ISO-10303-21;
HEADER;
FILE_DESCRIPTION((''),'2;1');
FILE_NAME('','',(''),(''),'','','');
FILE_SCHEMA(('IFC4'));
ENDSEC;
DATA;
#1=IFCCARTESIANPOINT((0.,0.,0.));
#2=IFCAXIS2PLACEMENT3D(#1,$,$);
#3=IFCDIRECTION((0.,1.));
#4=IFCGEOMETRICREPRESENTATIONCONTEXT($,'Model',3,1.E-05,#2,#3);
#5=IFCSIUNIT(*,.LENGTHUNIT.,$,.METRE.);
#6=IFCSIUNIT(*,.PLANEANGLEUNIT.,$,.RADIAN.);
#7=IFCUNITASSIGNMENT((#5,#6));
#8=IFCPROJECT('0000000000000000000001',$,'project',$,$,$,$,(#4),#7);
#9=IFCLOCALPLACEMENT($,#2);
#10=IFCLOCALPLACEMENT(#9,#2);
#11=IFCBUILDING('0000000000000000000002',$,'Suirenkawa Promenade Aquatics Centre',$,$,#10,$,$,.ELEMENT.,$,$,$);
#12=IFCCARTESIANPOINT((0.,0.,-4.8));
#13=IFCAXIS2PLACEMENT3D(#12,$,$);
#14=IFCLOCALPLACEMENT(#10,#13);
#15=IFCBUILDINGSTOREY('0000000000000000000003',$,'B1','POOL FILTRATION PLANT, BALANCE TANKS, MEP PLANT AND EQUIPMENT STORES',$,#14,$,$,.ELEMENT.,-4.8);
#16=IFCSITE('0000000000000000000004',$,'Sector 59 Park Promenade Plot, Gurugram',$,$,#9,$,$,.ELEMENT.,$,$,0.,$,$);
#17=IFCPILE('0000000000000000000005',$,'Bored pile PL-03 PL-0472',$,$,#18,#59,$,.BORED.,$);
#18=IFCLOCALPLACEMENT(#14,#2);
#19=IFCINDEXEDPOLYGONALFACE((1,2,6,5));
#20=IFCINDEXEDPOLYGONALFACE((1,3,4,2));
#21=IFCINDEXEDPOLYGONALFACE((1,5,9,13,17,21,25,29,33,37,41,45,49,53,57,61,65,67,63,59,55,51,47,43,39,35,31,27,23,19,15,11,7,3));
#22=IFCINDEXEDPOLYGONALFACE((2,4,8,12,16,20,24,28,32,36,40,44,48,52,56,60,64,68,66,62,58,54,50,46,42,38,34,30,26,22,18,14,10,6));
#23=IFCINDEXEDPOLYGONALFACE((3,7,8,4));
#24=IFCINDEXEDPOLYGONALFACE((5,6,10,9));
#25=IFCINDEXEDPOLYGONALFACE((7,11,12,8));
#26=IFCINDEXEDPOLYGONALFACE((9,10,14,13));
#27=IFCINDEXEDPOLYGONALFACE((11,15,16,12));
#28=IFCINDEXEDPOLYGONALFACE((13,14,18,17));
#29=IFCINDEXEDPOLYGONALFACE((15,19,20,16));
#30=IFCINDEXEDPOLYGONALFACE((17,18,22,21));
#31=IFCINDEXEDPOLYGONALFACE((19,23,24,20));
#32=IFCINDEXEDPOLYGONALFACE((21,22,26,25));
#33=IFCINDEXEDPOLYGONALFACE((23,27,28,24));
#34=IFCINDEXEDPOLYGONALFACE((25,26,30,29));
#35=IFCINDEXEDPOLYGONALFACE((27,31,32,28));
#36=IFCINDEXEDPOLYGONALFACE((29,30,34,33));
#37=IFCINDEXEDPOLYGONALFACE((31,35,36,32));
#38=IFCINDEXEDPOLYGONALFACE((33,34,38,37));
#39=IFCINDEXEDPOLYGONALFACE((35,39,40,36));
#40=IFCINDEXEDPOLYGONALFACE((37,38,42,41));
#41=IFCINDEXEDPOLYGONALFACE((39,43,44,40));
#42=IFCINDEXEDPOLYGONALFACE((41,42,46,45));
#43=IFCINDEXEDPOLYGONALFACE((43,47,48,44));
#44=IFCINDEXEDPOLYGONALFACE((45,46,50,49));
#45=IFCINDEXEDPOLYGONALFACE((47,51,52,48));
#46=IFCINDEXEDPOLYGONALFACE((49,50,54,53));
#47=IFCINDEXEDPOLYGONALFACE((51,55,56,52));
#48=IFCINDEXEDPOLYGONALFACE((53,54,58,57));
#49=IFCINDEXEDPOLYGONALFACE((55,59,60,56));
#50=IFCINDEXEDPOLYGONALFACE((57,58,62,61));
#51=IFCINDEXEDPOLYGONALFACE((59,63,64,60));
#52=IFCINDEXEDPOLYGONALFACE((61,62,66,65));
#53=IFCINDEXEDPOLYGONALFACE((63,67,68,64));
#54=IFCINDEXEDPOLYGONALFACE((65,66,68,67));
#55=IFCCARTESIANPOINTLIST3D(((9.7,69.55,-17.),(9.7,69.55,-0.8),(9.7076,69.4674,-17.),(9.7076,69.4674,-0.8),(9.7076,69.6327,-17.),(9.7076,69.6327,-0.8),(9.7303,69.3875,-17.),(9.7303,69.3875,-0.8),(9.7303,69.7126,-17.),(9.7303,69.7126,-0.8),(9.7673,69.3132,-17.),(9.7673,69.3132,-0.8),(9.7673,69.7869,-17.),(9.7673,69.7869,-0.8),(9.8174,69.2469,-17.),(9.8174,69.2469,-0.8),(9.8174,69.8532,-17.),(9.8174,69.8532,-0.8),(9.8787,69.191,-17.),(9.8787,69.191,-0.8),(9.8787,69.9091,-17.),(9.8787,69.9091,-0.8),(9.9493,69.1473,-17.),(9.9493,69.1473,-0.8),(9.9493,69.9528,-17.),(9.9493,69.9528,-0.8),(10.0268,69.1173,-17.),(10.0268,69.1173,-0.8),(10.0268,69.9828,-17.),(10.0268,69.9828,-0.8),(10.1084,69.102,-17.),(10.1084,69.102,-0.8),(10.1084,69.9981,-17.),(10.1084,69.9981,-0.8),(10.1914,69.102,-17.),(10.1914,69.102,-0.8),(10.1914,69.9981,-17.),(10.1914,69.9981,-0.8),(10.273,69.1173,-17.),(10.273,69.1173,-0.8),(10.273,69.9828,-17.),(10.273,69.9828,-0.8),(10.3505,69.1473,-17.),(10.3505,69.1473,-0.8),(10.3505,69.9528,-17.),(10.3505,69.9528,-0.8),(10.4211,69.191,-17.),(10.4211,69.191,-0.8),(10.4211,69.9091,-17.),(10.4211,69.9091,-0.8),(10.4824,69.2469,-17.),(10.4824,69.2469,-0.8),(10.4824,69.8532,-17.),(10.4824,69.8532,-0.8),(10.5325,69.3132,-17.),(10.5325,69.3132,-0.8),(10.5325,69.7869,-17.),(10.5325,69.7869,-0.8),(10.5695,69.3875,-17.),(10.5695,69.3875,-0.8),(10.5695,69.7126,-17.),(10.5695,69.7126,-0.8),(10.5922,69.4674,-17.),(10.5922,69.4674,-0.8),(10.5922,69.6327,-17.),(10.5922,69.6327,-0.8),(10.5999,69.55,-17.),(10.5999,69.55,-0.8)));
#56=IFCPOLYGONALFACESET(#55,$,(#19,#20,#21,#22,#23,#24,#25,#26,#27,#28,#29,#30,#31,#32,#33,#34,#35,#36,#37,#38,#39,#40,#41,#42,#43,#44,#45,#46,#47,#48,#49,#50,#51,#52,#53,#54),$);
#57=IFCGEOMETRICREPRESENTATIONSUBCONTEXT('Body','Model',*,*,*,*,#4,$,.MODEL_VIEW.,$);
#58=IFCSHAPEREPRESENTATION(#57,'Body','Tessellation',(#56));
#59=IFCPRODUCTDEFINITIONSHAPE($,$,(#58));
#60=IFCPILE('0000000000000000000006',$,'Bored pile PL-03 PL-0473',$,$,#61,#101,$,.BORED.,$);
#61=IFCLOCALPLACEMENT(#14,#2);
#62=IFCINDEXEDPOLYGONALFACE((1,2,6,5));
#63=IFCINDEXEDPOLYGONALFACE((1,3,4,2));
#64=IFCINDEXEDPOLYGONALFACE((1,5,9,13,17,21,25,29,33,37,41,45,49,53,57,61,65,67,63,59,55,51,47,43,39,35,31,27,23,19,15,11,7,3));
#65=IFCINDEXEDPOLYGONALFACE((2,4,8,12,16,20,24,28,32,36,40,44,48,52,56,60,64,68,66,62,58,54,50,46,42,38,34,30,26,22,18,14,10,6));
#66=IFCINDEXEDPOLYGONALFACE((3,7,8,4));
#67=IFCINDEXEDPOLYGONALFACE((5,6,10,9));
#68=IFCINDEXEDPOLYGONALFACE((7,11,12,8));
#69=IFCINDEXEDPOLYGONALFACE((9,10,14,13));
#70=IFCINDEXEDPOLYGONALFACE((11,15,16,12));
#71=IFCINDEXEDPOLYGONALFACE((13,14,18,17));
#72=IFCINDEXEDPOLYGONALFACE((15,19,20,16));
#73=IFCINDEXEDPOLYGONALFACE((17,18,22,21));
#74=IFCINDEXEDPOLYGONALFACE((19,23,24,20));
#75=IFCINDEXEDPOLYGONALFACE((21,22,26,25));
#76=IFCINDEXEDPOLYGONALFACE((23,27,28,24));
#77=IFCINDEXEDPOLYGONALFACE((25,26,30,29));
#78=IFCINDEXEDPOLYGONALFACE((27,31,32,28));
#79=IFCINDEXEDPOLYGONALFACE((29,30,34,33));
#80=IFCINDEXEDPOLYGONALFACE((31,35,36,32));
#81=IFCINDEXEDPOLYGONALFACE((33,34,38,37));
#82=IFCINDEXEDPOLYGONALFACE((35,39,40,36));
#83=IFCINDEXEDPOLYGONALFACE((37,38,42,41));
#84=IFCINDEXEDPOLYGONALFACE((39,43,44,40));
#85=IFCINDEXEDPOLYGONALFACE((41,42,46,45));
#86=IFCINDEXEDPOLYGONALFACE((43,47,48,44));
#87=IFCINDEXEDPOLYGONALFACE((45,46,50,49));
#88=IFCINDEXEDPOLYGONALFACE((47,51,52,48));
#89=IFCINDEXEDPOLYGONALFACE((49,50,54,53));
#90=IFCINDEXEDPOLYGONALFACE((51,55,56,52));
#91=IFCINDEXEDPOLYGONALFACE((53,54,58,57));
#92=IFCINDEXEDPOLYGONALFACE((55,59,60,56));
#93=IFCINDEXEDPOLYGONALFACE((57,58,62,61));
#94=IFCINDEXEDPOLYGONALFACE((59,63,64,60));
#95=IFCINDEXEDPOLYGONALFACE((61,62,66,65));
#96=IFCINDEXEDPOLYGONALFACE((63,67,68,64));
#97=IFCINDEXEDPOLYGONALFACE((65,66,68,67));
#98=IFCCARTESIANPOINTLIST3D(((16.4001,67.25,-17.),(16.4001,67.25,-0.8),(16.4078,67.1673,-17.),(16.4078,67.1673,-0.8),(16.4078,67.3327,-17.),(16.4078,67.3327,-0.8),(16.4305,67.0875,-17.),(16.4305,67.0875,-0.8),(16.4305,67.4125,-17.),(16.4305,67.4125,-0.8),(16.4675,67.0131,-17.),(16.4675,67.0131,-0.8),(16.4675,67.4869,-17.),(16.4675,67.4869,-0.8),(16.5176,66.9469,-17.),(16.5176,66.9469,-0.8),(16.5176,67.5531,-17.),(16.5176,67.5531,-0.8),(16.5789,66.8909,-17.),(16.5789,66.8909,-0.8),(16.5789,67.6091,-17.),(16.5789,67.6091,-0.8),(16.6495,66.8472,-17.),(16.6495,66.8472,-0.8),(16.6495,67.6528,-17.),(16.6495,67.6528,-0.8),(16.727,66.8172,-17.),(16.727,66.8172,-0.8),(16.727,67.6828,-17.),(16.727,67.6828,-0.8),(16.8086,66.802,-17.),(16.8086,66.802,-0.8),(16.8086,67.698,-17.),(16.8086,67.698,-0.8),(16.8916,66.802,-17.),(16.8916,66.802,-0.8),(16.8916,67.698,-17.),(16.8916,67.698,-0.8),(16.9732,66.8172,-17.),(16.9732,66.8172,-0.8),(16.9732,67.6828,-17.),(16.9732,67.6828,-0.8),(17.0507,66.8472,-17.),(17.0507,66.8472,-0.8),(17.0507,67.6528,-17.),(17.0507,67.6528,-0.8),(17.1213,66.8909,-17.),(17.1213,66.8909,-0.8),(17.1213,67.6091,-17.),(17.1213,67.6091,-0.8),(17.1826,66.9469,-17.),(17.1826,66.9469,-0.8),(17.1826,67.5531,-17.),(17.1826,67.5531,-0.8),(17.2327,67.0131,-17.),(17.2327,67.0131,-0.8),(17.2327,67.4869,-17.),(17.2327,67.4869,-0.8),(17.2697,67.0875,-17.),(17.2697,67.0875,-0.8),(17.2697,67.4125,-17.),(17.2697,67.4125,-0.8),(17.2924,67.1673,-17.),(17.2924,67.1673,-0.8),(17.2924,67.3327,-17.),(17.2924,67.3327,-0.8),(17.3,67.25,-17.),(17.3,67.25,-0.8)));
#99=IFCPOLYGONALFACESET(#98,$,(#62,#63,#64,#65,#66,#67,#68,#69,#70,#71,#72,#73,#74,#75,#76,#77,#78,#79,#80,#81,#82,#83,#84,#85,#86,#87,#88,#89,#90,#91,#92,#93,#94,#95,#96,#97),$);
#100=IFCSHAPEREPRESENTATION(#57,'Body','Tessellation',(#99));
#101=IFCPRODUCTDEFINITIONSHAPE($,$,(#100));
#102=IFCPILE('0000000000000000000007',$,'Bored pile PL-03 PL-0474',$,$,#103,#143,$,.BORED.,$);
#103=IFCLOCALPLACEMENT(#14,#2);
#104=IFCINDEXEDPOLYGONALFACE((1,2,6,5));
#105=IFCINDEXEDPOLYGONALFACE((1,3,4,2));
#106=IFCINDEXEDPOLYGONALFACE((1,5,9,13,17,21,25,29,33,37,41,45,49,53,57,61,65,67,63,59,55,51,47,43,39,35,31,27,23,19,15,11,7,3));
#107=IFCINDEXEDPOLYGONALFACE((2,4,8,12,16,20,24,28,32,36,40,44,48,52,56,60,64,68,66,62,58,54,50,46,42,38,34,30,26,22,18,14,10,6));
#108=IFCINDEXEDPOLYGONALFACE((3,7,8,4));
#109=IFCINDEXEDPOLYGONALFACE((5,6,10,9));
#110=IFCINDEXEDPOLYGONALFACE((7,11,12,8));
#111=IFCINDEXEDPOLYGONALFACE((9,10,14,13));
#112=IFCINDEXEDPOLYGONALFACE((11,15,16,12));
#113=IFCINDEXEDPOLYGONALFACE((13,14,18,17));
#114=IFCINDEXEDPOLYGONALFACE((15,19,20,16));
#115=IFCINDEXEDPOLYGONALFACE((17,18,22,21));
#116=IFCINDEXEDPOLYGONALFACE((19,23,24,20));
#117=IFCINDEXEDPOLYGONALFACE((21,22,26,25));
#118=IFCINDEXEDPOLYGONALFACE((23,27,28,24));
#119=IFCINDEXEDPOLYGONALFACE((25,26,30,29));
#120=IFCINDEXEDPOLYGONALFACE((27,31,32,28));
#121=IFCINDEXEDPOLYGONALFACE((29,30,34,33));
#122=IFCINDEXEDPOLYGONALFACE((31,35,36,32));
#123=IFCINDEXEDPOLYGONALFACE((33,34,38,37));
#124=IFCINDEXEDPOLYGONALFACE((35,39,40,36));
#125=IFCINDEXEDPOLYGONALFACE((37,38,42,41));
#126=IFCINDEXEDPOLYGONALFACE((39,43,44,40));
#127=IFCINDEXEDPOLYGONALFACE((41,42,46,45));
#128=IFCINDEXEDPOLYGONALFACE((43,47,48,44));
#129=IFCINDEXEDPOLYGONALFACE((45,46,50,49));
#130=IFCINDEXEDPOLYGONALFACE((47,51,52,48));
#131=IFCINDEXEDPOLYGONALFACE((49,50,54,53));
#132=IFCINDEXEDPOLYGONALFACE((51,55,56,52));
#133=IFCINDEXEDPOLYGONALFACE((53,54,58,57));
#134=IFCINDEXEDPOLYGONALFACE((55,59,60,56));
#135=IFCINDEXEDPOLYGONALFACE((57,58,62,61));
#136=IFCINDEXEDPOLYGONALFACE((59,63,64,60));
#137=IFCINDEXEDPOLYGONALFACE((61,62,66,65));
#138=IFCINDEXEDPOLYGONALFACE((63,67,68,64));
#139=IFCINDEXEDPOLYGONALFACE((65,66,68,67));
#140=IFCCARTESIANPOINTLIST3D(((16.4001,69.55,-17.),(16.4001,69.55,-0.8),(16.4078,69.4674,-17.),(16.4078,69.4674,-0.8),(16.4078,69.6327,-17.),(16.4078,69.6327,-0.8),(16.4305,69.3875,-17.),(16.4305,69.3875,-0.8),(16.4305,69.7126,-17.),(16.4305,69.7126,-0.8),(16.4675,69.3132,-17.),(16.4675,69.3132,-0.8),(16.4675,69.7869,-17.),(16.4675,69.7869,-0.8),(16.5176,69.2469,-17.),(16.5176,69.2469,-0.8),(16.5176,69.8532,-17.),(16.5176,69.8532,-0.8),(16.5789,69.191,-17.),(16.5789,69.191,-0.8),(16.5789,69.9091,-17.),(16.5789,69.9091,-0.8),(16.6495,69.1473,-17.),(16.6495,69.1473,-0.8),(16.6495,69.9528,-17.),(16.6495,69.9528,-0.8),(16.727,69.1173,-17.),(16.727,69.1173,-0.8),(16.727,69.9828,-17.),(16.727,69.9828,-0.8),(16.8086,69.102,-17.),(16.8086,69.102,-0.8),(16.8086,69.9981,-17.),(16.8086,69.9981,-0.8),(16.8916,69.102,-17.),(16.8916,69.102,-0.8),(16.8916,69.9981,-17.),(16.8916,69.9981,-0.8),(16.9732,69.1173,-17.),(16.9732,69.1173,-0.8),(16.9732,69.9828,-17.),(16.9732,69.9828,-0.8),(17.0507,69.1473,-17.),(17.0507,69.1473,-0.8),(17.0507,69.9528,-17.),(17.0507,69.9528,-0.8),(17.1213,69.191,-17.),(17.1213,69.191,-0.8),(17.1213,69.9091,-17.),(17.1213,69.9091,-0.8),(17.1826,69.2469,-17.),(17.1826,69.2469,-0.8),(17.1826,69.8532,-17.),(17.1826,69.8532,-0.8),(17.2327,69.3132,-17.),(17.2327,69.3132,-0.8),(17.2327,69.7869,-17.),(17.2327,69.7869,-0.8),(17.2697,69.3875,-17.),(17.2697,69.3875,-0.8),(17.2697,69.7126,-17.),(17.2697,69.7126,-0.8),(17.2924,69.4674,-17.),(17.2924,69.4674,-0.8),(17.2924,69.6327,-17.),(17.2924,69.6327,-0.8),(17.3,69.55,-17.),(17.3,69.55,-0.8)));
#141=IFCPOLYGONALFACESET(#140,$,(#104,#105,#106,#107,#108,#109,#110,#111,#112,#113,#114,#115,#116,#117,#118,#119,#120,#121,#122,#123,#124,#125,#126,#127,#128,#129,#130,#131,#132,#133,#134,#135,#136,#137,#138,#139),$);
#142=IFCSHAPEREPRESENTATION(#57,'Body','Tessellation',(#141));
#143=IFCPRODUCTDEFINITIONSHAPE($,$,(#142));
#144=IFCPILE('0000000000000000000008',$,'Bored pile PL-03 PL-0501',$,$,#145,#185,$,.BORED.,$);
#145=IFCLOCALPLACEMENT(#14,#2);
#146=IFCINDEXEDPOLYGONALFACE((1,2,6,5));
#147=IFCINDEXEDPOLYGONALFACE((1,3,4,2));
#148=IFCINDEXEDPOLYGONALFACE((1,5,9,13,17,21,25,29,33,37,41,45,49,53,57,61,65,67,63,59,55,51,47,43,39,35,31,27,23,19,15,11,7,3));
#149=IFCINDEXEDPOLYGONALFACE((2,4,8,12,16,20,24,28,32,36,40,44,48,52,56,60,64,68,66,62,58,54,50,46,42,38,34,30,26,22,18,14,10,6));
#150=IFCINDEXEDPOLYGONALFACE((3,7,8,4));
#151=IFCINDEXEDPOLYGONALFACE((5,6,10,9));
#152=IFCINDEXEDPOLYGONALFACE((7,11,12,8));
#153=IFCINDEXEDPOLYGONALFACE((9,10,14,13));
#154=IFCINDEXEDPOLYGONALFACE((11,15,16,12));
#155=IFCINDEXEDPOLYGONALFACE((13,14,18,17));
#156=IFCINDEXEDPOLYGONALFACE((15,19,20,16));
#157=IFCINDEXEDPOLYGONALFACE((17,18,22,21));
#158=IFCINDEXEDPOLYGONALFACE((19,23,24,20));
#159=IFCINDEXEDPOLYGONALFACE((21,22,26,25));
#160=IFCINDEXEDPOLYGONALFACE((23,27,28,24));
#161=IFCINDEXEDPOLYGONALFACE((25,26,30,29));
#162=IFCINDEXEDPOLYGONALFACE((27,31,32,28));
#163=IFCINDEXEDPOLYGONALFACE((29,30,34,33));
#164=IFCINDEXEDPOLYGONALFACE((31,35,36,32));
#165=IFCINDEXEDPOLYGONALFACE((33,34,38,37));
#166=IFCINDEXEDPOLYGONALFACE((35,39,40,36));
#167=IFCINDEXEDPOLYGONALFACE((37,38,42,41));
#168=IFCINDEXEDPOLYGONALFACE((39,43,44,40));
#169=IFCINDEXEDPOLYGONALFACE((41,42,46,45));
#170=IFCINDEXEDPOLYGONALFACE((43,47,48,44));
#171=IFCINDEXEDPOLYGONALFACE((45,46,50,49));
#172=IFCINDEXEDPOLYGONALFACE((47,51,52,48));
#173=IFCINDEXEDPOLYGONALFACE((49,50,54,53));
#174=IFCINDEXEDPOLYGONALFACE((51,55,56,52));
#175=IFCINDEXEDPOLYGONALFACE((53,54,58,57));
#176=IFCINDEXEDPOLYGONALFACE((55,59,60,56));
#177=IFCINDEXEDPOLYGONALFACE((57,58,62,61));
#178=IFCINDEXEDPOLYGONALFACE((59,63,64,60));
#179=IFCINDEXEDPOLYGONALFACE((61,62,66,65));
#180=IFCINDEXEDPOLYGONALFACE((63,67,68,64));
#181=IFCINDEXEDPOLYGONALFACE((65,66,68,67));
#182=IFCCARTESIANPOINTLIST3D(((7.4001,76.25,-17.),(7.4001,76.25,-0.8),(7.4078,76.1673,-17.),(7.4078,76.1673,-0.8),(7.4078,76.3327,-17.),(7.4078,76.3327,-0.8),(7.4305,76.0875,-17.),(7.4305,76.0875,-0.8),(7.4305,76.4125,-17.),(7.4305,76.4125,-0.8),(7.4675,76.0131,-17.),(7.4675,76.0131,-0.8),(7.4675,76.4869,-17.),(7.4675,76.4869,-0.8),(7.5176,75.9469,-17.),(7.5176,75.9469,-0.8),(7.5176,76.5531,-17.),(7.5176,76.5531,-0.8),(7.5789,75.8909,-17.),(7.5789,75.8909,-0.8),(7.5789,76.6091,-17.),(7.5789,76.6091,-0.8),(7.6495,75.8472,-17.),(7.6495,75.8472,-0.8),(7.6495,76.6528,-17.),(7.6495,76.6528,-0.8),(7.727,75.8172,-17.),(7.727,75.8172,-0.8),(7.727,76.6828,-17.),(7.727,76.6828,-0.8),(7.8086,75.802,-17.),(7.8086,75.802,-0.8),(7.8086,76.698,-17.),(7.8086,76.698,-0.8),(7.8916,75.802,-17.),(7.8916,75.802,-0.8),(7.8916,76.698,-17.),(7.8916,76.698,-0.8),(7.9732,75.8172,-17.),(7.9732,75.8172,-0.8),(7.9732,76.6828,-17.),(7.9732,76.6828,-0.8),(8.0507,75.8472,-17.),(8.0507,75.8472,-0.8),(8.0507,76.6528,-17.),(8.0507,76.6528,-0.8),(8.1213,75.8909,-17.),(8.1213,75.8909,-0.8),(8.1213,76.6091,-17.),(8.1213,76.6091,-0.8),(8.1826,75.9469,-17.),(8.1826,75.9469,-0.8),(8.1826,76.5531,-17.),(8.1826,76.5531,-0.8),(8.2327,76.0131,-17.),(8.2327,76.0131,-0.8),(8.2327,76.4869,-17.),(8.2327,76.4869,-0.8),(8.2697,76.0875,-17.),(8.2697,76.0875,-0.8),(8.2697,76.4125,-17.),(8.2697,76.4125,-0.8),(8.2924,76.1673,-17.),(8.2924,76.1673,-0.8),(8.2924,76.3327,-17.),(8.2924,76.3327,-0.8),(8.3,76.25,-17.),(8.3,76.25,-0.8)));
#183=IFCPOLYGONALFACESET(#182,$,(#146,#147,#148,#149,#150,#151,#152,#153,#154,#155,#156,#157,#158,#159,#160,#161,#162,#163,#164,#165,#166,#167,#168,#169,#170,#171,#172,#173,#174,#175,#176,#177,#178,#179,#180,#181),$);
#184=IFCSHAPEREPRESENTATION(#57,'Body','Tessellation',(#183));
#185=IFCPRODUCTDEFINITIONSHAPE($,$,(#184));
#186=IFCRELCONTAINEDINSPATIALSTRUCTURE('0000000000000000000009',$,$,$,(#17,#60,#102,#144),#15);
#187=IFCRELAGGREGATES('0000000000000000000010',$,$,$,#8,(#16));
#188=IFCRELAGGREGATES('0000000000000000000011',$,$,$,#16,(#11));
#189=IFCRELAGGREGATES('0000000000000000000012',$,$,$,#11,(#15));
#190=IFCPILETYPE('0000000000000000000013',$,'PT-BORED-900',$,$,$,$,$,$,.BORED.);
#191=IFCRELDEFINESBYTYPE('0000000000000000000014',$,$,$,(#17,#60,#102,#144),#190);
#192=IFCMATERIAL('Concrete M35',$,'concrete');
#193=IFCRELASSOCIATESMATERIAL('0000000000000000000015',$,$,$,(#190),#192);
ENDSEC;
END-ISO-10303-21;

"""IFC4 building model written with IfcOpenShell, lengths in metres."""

from ifc_helpers import new_model, si_unit, direction, frame, origin, origin_2d, place, context, subcontext, project, spatial, circle, extrude, material, material_profile, profile_set, type_object, element, save


model = new_model("IFC4")

# Units and contexts
model_context = context("Model", 3, precision=1e-05, world=origin(), true_north=direction((0.0, 1.0)))
body_context = subcontext(model_context, "Body", "Model", "MODEL_VIEW")
ifc_project = project(units=[si_unit("LENGTHUNIT", "METRE"), si_unit("PLANEANGLEUNIT", "RADIAN")], contexts=[model_context])

# Site, building, storey
site_placement = place(None, origin())
site = spatial("IfcSite", under=ifc_project, at=site_placement, Name="Sector 59 Park Promenade Plot, Gurugram", CompositionType="ELEMENT", RefElevation=0.0)
building_placement = place(site_placement, origin())
building = spatial("IfcBuilding", under=site, at=building_placement, Name="Suirenkawa Promenade Aquatics Centre", CompositionType="ELEMENT")
storey_placement = place(building_placement, frame((0.0, 0.0, -4.8)))
storey = spatial("IfcBuildingStorey", under=building, at=storey_placement, Name="B1", Description="POOL FILTRATION PLANT, BALANCE TANKS, MEP PLANT AND EQUIPMENT STORES", CompositionType="ELEMENT", Elevation=-4.8)

# Shared definitions
ifc_material_1 = material(Name="Concrete M35", Category="concrete")

# Piles
ifc_material_profile_1 = material_profile(ifc_material_1, circle(Radius=0.45, at=origin_2d()), Name="PILE D900", Category="concrete")
ifc_profile_set_1 = profile_set([ifc_material_profile_1], Name="Concrete M35")
pile_type = type_object("IfcPileType", Name="PT-BORED-900", PredefinedType="BORED", material=ifc_profile_set_1)
for number, where, z_axis, x_axis, name in (
    (1, (10.1499, 69.55, -0.8), (0.0, 0.0, -1.0), (1.0, 0.0, 0.0), "Bored pile PL-03 PL-0472"),
    (2, (16.8501, 67.25, -0.8), (0.0, 0.0, -1.0), (1.0, 0.0, 0.0), "Bored pile PL-03 PL-0473"),
    (3, (16.8501, 69.55, -0.8), (0.0, 0.0, -1.0), (1.0, 0.0, 0.0), "Bored pile PL-03 PL-0474"),
    (4, (7.8501, 76.25, -0.8), (0.0, 0.0, -1.0), (1.0, 0.0, 0.0), "Bored pile PL-03 PL-0501"),
):
    element("IfcPile", number, at=place(storey_placement, frame(where, z_axis=z_axis, x_axis=x_axis)), inside=storey, type_object=pile_type, Name=name, PredefinedType="BORED", context=body_context, shape_type="SweptSolid", body=[
        extrude(circle(Radius=0.45, at=origin_2d()), origin(), (0.0, 0.0, 1.0), 16.2),
    ])

save(model, "model.ifc")
